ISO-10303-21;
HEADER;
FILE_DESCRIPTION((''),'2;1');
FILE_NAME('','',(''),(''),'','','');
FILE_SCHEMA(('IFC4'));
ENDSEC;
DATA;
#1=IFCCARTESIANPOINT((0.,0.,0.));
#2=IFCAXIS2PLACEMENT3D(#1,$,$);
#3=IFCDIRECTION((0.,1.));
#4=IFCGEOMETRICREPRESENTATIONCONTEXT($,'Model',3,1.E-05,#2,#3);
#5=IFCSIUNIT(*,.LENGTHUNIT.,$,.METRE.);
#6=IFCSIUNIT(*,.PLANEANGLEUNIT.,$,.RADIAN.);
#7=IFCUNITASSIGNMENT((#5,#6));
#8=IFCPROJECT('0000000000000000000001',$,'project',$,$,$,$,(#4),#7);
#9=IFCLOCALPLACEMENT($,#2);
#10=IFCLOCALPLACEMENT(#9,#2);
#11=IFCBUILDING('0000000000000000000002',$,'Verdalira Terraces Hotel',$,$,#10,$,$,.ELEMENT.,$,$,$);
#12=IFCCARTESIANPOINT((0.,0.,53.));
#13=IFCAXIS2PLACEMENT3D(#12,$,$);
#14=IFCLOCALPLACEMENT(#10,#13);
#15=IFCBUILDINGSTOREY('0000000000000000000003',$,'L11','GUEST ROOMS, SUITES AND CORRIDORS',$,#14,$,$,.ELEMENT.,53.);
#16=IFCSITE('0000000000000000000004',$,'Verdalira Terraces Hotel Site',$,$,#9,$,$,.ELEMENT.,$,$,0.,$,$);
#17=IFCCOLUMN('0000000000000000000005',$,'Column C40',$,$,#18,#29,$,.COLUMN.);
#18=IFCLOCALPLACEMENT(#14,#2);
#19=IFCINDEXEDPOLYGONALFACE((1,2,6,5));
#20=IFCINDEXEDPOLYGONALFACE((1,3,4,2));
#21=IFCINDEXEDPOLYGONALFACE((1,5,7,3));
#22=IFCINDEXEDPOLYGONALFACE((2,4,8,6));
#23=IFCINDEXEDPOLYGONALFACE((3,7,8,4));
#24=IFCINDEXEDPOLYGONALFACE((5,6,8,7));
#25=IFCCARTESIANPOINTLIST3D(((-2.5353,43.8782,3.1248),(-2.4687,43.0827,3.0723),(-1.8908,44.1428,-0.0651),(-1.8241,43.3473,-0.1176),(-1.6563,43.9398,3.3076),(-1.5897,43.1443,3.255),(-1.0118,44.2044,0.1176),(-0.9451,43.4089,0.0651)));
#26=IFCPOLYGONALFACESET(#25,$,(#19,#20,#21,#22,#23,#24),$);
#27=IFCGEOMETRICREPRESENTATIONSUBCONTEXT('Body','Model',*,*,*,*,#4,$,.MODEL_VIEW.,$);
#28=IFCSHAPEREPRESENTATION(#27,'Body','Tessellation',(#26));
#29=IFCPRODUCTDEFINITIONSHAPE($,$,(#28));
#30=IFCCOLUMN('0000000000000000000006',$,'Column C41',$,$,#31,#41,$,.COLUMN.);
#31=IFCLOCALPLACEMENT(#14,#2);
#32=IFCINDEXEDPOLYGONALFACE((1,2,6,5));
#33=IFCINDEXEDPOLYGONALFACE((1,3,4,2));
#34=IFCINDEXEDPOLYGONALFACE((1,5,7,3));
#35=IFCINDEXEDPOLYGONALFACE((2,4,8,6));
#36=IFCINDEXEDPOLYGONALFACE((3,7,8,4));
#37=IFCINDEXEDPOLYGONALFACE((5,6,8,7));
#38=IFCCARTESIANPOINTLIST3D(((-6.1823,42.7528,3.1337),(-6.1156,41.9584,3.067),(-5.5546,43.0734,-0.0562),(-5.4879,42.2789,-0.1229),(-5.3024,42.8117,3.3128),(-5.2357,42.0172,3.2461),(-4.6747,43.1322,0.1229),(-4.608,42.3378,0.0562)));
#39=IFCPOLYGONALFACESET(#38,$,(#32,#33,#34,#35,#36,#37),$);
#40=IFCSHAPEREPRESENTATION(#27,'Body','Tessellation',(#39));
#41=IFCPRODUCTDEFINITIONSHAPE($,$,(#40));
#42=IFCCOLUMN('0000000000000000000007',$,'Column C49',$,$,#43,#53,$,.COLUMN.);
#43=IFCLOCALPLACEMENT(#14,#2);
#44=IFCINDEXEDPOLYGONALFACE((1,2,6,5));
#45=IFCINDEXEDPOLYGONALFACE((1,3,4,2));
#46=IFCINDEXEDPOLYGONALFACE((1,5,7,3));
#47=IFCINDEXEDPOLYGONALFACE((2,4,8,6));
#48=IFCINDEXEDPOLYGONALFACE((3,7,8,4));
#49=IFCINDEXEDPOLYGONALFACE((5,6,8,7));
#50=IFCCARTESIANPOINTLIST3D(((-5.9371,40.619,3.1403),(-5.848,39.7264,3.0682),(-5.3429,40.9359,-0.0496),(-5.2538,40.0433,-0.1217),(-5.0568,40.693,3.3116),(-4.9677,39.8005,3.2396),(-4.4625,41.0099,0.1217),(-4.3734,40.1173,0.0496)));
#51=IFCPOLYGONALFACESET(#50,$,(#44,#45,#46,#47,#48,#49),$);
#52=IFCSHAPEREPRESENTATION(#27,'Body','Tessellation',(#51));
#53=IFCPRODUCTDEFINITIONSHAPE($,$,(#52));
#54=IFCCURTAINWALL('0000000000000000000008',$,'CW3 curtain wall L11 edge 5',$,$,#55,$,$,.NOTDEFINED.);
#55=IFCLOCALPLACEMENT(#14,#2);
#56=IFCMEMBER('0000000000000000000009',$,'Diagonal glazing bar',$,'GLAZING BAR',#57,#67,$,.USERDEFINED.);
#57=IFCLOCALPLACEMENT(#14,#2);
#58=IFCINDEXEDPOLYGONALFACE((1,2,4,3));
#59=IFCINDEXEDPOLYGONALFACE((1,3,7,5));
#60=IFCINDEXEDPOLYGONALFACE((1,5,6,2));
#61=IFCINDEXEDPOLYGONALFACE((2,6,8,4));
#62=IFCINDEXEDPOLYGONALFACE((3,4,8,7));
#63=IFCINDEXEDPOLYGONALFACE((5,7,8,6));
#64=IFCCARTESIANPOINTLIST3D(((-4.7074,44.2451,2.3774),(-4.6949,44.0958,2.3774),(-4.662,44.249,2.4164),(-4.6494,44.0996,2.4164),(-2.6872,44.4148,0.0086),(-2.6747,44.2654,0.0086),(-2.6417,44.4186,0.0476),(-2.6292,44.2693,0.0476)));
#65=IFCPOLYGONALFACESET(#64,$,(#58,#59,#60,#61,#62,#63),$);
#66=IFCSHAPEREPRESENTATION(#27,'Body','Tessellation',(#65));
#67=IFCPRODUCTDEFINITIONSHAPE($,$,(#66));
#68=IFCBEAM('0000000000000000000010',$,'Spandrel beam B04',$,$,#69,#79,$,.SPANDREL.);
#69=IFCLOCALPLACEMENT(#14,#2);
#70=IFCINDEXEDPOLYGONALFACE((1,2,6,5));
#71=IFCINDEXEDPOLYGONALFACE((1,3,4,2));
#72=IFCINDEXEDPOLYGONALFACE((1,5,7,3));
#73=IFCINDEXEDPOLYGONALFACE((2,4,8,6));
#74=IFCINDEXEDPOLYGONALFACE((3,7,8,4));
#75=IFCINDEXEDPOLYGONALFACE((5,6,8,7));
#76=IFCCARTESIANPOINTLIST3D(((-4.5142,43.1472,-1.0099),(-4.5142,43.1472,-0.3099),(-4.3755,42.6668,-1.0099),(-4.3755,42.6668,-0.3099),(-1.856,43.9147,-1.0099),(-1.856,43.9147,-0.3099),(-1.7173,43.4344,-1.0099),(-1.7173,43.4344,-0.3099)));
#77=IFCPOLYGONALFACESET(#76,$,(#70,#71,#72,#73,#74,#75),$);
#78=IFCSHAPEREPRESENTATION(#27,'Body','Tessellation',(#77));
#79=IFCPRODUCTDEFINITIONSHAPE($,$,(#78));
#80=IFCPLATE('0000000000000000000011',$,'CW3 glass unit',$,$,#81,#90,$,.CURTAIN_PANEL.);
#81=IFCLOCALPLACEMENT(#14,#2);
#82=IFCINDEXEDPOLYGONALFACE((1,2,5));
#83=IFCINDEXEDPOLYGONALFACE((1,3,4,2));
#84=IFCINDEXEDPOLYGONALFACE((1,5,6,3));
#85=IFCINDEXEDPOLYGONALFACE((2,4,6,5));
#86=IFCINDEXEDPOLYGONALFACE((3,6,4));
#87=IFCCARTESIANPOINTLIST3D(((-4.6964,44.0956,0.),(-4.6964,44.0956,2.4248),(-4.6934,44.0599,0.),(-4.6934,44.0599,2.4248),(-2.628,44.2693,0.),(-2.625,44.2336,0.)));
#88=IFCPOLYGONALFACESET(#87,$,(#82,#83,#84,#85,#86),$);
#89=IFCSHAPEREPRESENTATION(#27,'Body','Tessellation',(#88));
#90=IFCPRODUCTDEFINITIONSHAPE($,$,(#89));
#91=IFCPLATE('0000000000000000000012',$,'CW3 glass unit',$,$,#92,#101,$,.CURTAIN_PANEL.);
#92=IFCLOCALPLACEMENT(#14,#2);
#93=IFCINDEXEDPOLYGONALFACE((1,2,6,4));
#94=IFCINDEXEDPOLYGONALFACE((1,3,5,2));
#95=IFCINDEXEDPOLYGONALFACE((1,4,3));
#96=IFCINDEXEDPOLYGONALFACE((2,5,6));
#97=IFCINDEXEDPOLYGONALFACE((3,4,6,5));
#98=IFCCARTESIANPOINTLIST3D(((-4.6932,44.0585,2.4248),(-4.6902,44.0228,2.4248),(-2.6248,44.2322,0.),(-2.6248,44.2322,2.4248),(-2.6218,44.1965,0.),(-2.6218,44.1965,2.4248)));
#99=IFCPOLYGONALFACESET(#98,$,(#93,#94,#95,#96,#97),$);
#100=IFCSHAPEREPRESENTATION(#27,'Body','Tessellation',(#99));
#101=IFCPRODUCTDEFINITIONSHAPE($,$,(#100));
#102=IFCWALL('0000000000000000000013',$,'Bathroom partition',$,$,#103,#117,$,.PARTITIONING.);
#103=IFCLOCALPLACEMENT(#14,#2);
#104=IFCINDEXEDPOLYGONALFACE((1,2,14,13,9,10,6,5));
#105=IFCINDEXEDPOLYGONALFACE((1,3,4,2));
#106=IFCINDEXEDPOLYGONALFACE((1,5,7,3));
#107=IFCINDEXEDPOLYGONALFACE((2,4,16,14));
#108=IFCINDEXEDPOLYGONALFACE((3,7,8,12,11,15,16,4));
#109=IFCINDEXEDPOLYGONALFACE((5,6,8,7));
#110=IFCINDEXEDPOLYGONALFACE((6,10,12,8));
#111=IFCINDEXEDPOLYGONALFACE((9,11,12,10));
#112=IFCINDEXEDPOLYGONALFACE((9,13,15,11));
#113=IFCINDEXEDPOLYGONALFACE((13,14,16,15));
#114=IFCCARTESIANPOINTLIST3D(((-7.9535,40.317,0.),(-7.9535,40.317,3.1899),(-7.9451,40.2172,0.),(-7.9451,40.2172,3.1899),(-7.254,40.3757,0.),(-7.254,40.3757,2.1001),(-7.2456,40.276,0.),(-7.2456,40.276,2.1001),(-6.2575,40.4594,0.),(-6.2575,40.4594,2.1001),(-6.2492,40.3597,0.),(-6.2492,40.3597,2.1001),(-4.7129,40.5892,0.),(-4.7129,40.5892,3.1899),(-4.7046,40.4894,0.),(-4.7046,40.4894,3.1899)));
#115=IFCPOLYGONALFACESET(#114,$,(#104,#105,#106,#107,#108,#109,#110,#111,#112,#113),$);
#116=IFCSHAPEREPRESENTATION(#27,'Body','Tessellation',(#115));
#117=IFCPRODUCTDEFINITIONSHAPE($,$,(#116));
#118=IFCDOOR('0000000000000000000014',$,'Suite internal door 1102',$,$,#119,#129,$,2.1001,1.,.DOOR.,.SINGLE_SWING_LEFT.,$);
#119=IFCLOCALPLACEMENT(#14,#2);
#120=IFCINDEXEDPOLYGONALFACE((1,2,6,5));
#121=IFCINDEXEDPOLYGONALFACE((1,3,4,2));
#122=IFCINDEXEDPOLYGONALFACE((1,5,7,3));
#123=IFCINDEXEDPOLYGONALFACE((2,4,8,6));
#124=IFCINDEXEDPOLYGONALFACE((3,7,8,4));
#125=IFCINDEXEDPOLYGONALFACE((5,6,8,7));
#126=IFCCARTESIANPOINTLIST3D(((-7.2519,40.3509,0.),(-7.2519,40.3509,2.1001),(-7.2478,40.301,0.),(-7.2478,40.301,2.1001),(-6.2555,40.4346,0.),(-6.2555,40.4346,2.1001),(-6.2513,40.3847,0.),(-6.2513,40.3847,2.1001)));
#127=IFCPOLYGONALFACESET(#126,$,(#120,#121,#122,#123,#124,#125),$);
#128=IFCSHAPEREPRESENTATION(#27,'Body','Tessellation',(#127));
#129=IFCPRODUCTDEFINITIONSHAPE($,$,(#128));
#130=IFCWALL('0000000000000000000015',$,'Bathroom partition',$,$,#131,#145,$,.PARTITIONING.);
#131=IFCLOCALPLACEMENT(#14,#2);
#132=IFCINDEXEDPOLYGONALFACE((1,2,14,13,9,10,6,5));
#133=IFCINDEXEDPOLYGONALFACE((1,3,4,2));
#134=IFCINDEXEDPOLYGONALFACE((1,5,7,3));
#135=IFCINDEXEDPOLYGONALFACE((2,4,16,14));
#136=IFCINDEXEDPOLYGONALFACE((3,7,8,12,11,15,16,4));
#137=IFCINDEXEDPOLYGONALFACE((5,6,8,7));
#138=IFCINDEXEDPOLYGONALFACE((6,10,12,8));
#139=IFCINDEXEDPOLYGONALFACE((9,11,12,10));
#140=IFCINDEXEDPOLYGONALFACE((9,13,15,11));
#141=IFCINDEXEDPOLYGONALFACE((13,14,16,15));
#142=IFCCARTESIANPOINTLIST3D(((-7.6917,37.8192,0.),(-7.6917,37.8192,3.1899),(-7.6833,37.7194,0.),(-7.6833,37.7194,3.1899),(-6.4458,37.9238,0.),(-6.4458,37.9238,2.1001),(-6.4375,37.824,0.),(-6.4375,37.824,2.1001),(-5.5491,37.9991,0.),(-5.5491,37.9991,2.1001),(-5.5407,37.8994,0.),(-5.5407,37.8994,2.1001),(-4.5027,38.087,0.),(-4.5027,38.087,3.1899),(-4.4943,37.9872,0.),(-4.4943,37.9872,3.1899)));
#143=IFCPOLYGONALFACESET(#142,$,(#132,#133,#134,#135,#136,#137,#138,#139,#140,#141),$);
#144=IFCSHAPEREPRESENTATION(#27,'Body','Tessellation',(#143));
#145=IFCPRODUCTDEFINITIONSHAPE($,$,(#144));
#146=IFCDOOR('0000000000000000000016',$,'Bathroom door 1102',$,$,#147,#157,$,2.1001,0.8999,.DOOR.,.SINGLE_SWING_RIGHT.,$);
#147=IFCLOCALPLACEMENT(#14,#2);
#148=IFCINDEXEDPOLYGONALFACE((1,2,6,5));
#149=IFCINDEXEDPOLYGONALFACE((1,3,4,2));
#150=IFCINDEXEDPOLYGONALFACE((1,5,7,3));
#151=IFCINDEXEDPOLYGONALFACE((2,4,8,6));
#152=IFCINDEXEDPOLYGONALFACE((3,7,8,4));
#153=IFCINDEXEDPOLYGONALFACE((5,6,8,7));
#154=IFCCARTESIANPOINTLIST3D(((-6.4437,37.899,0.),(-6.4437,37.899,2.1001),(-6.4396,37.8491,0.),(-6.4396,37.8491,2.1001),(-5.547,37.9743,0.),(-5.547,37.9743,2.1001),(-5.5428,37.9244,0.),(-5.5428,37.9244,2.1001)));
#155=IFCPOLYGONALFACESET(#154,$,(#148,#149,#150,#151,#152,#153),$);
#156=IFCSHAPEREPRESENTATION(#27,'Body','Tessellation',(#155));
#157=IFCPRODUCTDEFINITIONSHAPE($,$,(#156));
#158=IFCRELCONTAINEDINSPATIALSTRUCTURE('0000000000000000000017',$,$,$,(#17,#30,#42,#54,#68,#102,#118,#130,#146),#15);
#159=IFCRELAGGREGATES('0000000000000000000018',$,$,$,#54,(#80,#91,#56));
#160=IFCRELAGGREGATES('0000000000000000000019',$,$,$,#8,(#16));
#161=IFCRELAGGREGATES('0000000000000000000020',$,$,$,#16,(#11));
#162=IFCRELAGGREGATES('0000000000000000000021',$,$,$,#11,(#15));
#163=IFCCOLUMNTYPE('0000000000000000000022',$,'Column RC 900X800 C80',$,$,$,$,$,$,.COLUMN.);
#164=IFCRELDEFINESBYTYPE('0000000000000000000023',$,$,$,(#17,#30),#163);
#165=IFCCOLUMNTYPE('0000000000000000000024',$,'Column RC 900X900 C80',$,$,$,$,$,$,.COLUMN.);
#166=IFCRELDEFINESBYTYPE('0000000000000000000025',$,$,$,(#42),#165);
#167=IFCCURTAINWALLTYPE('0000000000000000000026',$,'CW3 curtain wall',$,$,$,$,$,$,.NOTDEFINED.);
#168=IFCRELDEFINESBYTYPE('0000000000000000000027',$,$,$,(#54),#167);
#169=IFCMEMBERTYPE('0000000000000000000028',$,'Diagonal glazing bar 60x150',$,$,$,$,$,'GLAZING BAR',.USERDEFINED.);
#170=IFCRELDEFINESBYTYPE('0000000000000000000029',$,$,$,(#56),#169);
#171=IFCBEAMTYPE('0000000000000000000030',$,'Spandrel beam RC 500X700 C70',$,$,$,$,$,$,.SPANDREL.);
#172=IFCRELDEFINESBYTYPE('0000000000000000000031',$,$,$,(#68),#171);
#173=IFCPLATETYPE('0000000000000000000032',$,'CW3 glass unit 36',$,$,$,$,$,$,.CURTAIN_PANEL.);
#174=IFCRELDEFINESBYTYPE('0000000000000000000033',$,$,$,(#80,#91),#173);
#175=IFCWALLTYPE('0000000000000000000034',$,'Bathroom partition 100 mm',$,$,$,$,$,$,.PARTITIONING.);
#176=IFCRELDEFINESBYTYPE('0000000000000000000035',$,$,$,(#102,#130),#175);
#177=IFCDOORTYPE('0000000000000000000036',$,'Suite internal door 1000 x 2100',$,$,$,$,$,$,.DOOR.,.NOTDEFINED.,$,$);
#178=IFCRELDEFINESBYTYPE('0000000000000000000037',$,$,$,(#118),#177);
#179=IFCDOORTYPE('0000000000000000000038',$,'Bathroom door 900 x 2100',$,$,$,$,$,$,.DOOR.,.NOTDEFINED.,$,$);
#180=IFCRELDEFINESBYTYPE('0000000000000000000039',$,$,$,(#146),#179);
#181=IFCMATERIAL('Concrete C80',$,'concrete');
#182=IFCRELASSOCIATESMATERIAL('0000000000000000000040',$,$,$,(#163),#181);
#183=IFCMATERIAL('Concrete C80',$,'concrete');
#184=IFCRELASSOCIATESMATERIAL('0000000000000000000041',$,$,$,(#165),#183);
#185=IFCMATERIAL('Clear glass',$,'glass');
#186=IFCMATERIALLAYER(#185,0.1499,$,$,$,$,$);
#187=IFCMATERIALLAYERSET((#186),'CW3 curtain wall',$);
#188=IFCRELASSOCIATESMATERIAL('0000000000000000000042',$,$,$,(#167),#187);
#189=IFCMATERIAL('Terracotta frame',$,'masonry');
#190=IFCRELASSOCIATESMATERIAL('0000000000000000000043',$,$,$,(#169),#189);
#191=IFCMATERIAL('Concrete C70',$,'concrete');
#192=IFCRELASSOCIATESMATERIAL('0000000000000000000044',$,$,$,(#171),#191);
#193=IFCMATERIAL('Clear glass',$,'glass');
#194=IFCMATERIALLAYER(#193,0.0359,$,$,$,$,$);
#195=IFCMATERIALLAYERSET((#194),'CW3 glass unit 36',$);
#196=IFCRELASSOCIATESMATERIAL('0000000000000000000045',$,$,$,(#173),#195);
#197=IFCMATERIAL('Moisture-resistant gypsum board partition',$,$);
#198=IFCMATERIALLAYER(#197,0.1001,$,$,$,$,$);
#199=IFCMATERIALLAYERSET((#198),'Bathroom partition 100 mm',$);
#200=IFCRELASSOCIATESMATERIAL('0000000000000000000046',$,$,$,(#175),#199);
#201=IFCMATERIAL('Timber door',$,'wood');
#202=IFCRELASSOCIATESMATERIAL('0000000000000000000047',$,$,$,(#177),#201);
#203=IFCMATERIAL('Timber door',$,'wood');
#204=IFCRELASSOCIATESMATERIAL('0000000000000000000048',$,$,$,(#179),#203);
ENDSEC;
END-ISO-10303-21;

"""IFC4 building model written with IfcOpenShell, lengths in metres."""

from ifc_helpers import new_model, si_unit, direction, frame, frame_2d, origin, origin_2d, place, context, subcontext, project, spatial, polyline, rectangle, outline, extrude, material, layer, layer_set, material_profile, profile_set, type_object, element, fill, aggregate, save


model = new_model("IFC4")

# Units and contexts
model_context = context("Model", 3, precision=1e-05, world=origin(), true_north=direction((0.0, 1.0)))
body_context = subcontext(model_context, "Body", "Model", "MODEL_VIEW")
ifc_project = project(units=[si_unit("LENGTHUNIT", "METRE"), si_unit("PLANEANGLEUNIT", "RADIAN")], contexts=[model_context])

# Site, building, storey
site_placement = place(None, origin())
site = spatial("IfcSite", under=ifc_project, at=site_placement, Name="Verdalira Terraces Hotel Site", CompositionType="ELEMENT", RefElevation=0.0)
building_placement = place(site_placement, origin())
building = spatial("IfcBuilding", under=site, at=building_placement, Name="Verdalira Terraces Hotel", CompositionType="ELEMENT")
storey_placement = place(building_placement, frame((0.0, 0.0, 53.0)))
storey = spatial("IfcBuildingStorey", under=building, at=storey_placement, Name="L11", Description="GUEST ROOMS, SUITES AND CORRIDORS", CompositionType="ELEMENT", Elevation=53.0)

# Columns
ifc_material_1 = material(Name="Concrete C80", Category="concrete")
ifc_material_profile_1 = material_profile(ifc_material_1, rectangle(XDim=0.8999, YDim=0.8, at=origin_2d()), Name="RC 900X800")
ifc_profile_set_1 = profile_set([ifc_material_profile_1], Name="Concrete C80")
column_type_1 = type_object("IfcColumnType", Name="Column RC 900X800 C80", PredefinedType="COLUMN", material=ifc_profile_set_1)
column_1_placement = place(storey_placement, frame((-1.418, 43.7759, 0.0), z_axis=(-0.197397, -0.081053, 0.976967), x_axis=(-0.976775, -0.068458, -0.203038)))
element("IfcColumn", 1, at=column_1_placement, inside=storey, type_object=column_type_1, Name="Column C40", PredefinedType="COLUMN", context=body_context, shape_type="SweptSolid", body=[
    extrude(rectangle(XDim=0.8999, YDim=0.8, at=origin_2d()), origin(), (0.0, 0.0, 1.0), 3.2651),
])
column_2_placement = place(storey_placement, frame((-5.0813, 42.7056, 0.0), z_axis=(-0.192136, -0.098123, 0.97645), x_axis=(-0.977821, -0.065383, -0.198976)))
element("IfcColumn", 2, at=column_2_placement, inside=storey, type_object=column_type_1, Name="Column C41", PredefinedType="COLUMN", context=body_context, shape_type="SweptSolid", body=[
    extrude(rectangle(XDim=0.8999, YDim=0.8, at=origin_2d()), origin(), (0.0, 0.0, 1.0), 3.2668),
])
ifc_material_2 = material(Name="Concrete C80", Category="concrete")
ifc_material_profile_2 = material_profile(ifc_material_2, rectangle(XDim=0.8999, YDim=0.8999, at=origin_2d()), Name="RC 900X900")
ifc_profile_set_2 = profile_set([ifc_material_profile_2], Name="Concrete C80")
column_type_2 = type_object("IfcColumnType", Name="Column RC 900X900 C80", PredefinedType="COLUMN", material=ifc_profile_set_2)
column_3_placement = place(storey_placement, frame((-4.8582, 40.5266, 0.0), z_axis=(-0.182267, -0.097199, 0.978433), x_axis=(-0.09902, 0.991857, 0.080087)))
element("IfcColumn", 3, at=column_3_placement, inside=storey, type_object=column_type_2, Name="Column C49", PredefinedType="COLUMN", context=body_context, shape_type="SweptSolid", body=[
    extrude(rectangle(XDim=0.8999, YDim=0.8999, at=origin_2d()), origin(), (0.0, 0.0, 1.0), 3.2603),
])

# Curtain wall, member
ifc_material_3 = material(Name="Clear glass", Category="glass")
ifc_layer_1 = layer(ifc_material_3, 0.1499)
ifc_layer_set_1 = layer_set([ifc_layer_1], Name="CW3 curtain wall")
curtain_wall_type = type_object("IfcCurtainWallType", Name="CW3 curtain wall", PredefinedType="NOTDEFINED", material=ifc_layer_set_1)
curtain_wall_placement = place(storey_placement, origin())
curtain_wall = element("IfcCurtainWall", 4, at=curtain_wall_placement, inside=storey, type_object=curtain_wall_type, Name="CW3 curtain wall L11 edge 5", PredefinedType="NOTDEFINED")
ifc_material_4 = material(Name="Terracotta frame", Category="masonry")
ifc_material_profile_3 = material_profile(ifc_material_4, rectangle(XDim=0.1499, YDim=0.0601, at=origin_2d()), Name="GB 60x150")
ifc_profile_set_3 = profile_set([ifc_material_profile_3], Name="Terracotta frame")
member_type = type_object("IfcMemberType", Name="Diagonal glazing bar 60x150", ElementType="GLAZING BAR", PredefinedType="USERDEFINED", material=ifc_profile_set_3)
member_placement = place(storey_placement, frame((-2.6582, 44.342, 0.0281), z_axis=(-0.647936, -0.054419, 0.759749), x_axis=(0.083693, -0.996492, 0.0)))
member = element("IfcMember", 5, at=member_placement, type_object=member_type, Name="Diagonal glazing bar", ObjectType="GLAZING BAR", PredefinedType="USERDEFINED", context=body_context, shape_type="SweptSolid", body=[
    extrude(rectangle(XDim=0.1499, YDim=0.0601, at=origin_2d()), origin(), (0.0, 0.0, 1.0), 3.1179),
])

# Beam
ifc_material_5 = material(Name="Concrete C70", Category="concrete")
ifc_material_profile_4 = material_profile(ifc_material_5, rectangle(XDim=0.5, YDim=0.7, at=origin_2d()), Name="RC 500X700")
ifc_profile_set_4 = profile_set([ifc_material_profile_4], Name="Concrete C70")
beam_type = type_object("IfcBeamType", Name="Spandrel beam RC 500X700 C70", PredefinedType="SPANDREL", material=ifc_profile_set_4)
beam_placement = place(storey_placement, frame((-1.7866, 43.6746, -0.6599), z_axis=(-0.960748, -0.277424, 0.0), x_axis=(0.277424, -0.960748, 0.0)))
element("IfcBeam", 6, at=beam_placement, inside=storey, type_object=beam_type, Name="Spandrel beam B04", PredefinedType="SPANDREL", context=body_context, shape_type="SweptSolid", body=[
    extrude(rectangle(XDim=0.5, YDim=0.7, at=origin_2d()), origin(), (0.0, 0.0, 1.0), 2.7668),
])

# Plates
ifc_material_6 = material(Name="Clear glass", Category="glass")
ifc_layer_2 = layer(ifc_material_6, 0.0359)
ifc_layer_set_2 = layer_set([ifc_layer_2], Name="CW3 glass unit 36")
plate_type = type_object("IfcPlateType", Name="CW3 glass unit 36", PredefinedType="CURTAIN_PANEL", material=ifc_layer_set_2)
plate_1_placement = place(storey_placement, frame((-3.6592, 44.1467, 1.2124), z_axis=(-0.083678, 0.996493, 0.0), x_axis=(-0.996493, -0.083678, 0.0)))
plate_1 = element("IfcPlate", 7, at=plate_1_placement, type_object=plate_type, Name="CW3 glass unit", PredefinedType="CURTAIN_PANEL", context=body_context, shape_type="SweptSolid", body=[
    extrude(outline(polyline([(-1.0378, -1.2124), (1.0378, -1.2124), (1.0378, 1.2124), (-1.0378, -1.2124)])), origin(), (0.0, 0.0, 1.0), 0.0359),
])
plate_2_placement = place(storey_placement, frame((-3.656, 44.1096, 1.2124), z_axis=(-0.083678, 0.996493, 0.0), x_axis=(-0.996493, -0.083678, 0.0)))
plate_2 = element("IfcPlate", 8, at=plate_2_placement, type_object=plate_type, Name="CW3 glass unit", PredefinedType="CURTAIN_PANEL", context=body_context, shape_type="SweptSolid", body=[
    extrude(outline(polyline([(-1.0378, -1.2124), (1.0378, 1.2124), (-1.0378, 1.2124), (-1.0378, -1.2124)])), origin(), (0.0, 0.0, 1.0), 0.0359),
])
aggregate(curtain_wall, [plate_1, plate_2, member])

# Walls, openings, doors
ifc_material_7 = material(Name="Moisture-resistant gypsum board partition")
ifc_layer_3 = layer(ifc_material_7, 0.1001)
ifc_layer_set_3 = layer_set([ifc_layer_3], Name="Bathroom partition 100 mm")
wall_type_1 = type_object("IfcWallType", Name="Bathroom partition 100 mm", PredefinedType="PARTITIONING", material=ifc_layer_set_3)
wall_1_placement = place(storey_placement, frame((-4.7087, 40.5393, 0.0), z_axis=(0.0, 0.0, 1.0), x_axis=(-0.99649, -0.08371, 0.0)))
wall_1 = element("IfcWall", 9, at=wall_1_placement, inside=storey, type_object=wall_type_1, Name="Bathroom partition", PredefinedType="PARTITIONING", context=body_context, shape_type="SweptSolid", body=[
    extrude(rectangle(XDim=3.252, YDim=0.1001, at=frame_2d((1.626, 0.0))), origin(), (0.0, 0.0, 1.0), 3.1899),
])
opening_1_placement = place(wall_1_placement, frame((1.55, 0.0, 0.0)))
opening_1 = element("IfcOpeningElement", 10, at=opening_1_placement, cuts=wall_1, PredefinedType="OPENING", context=body_context, shape_type="SweptSolid", body=[
    extrude(rectangle(XDim=1.0, YDim=2.1001, at=frame_2d((0.5, 1.05))), frame((0.0, 0.0601, 0.0), z_axis=(0.0, -1.0, 0.0), x_axis=(1.0, 0.0, 0.0)), (0.0, 0.0, 1.0), 0.1201),
])
ifc_material_8 = material(Name="Timber door", Category="wood")
door_type_1 = type_object("IfcDoorType", Name="Suite internal door 1000 x 2100", OperationType="NOTDEFINED", PredefinedType="DOOR", material=ifc_material_8)
door_1_placement = place(opening_1_placement, origin())
door_1 = element("IfcDoor", 11, at=door_1_placement, inside=storey, type_object=door_type_1, Name="Suite internal door 1102", OperationType="SINGLE_SWING_LEFT", OverallHeight=2.1001, OverallWidth=1.0, PredefinedType="DOOR", context=body_context, shape_type="SweptSolid", body=[
    extrude(rectangle(XDim=1.0, YDim=2.1001, at=frame_2d((0.5, 1.05))), frame((0.0, 0.0249, 0.0), z_axis=(0.0, -1.0, 0.0), x_axis=(1.0, 0.0, 0.0)), (0.0, 0.0, 1.0), 0.05),
])
fill(opening_1, door_1)
wall_2_placement = place(storey_placement, frame((-4.4985, 38.0371, 0.0), z_axis=(0.0, 0.0, 1.0), x_axis=(-0.996492, -0.083689, 0.0)))
wall_2 = element("IfcWall", 12, at=wall_2_placement, inside=storey, type_object=wall_type_1, Name="Bathroom partition", PredefinedType="PARTITIONING", context=body_context, shape_type="SweptSolid", body=[
    extrude(rectangle(XDim=3.2002, YDim=0.1001, at=frame_2d((1.6001, 0.0))), origin(), (0.0, 0.0, 1.0), 3.1899),
])
opening_2_placement = place(wall_2_placement, frame((1.05, 0.0, 0.0)))
opening_2 = element("IfcOpeningElement", 13, at=opening_2_placement, cuts=wall_2, PredefinedType="OPENING", context=body_context, shape_type="SweptSolid", body=[
    extrude(rectangle(XDim=0.8999, YDim=2.1001, at=frame_2d((0.45, 1.05))), frame((0.0, 0.0601, 0.0), z_axis=(0.0, -1.0, 0.0), x_axis=(1.0, 0.0, 0.0)), (0.0, 0.0, 1.0), 0.1201),
])
ifc_material_9 = material(Name="Timber door", Category="wood")
door_type_2 = type_object("IfcDoorType", Name="Bathroom door 900 x 2100", OperationType="NOTDEFINED", PredefinedType="DOOR", material=ifc_material_9)
door_2_placement = place(opening_2_placement, origin())
door_2 = element("IfcDoor", 14, at=door_2_placement, inside=storey, type_object=door_type_2, Name="Bathroom door 1102", OperationType="SINGLE_SWING_RIGHT", OverallHeight=2.1001, OverallWidth=0.8999, PredefinedType="DOOR", context=body_context, shape_type="SweptSolid", body=[
    extrude(rectangle(XDim=0.8999, YDim=2.1001, at=frame_2d((0.45, 1.05))), frame((0.0, 0.0249, 0.0), z_axis=(0.0, -1.0, 0.0), x_axis=(1.0, 0.0, 0.0)), (0.0, 0.0, 1.0), 0.05),
])
fill(opening_2, door_2)

save(model, "model.ifc")
